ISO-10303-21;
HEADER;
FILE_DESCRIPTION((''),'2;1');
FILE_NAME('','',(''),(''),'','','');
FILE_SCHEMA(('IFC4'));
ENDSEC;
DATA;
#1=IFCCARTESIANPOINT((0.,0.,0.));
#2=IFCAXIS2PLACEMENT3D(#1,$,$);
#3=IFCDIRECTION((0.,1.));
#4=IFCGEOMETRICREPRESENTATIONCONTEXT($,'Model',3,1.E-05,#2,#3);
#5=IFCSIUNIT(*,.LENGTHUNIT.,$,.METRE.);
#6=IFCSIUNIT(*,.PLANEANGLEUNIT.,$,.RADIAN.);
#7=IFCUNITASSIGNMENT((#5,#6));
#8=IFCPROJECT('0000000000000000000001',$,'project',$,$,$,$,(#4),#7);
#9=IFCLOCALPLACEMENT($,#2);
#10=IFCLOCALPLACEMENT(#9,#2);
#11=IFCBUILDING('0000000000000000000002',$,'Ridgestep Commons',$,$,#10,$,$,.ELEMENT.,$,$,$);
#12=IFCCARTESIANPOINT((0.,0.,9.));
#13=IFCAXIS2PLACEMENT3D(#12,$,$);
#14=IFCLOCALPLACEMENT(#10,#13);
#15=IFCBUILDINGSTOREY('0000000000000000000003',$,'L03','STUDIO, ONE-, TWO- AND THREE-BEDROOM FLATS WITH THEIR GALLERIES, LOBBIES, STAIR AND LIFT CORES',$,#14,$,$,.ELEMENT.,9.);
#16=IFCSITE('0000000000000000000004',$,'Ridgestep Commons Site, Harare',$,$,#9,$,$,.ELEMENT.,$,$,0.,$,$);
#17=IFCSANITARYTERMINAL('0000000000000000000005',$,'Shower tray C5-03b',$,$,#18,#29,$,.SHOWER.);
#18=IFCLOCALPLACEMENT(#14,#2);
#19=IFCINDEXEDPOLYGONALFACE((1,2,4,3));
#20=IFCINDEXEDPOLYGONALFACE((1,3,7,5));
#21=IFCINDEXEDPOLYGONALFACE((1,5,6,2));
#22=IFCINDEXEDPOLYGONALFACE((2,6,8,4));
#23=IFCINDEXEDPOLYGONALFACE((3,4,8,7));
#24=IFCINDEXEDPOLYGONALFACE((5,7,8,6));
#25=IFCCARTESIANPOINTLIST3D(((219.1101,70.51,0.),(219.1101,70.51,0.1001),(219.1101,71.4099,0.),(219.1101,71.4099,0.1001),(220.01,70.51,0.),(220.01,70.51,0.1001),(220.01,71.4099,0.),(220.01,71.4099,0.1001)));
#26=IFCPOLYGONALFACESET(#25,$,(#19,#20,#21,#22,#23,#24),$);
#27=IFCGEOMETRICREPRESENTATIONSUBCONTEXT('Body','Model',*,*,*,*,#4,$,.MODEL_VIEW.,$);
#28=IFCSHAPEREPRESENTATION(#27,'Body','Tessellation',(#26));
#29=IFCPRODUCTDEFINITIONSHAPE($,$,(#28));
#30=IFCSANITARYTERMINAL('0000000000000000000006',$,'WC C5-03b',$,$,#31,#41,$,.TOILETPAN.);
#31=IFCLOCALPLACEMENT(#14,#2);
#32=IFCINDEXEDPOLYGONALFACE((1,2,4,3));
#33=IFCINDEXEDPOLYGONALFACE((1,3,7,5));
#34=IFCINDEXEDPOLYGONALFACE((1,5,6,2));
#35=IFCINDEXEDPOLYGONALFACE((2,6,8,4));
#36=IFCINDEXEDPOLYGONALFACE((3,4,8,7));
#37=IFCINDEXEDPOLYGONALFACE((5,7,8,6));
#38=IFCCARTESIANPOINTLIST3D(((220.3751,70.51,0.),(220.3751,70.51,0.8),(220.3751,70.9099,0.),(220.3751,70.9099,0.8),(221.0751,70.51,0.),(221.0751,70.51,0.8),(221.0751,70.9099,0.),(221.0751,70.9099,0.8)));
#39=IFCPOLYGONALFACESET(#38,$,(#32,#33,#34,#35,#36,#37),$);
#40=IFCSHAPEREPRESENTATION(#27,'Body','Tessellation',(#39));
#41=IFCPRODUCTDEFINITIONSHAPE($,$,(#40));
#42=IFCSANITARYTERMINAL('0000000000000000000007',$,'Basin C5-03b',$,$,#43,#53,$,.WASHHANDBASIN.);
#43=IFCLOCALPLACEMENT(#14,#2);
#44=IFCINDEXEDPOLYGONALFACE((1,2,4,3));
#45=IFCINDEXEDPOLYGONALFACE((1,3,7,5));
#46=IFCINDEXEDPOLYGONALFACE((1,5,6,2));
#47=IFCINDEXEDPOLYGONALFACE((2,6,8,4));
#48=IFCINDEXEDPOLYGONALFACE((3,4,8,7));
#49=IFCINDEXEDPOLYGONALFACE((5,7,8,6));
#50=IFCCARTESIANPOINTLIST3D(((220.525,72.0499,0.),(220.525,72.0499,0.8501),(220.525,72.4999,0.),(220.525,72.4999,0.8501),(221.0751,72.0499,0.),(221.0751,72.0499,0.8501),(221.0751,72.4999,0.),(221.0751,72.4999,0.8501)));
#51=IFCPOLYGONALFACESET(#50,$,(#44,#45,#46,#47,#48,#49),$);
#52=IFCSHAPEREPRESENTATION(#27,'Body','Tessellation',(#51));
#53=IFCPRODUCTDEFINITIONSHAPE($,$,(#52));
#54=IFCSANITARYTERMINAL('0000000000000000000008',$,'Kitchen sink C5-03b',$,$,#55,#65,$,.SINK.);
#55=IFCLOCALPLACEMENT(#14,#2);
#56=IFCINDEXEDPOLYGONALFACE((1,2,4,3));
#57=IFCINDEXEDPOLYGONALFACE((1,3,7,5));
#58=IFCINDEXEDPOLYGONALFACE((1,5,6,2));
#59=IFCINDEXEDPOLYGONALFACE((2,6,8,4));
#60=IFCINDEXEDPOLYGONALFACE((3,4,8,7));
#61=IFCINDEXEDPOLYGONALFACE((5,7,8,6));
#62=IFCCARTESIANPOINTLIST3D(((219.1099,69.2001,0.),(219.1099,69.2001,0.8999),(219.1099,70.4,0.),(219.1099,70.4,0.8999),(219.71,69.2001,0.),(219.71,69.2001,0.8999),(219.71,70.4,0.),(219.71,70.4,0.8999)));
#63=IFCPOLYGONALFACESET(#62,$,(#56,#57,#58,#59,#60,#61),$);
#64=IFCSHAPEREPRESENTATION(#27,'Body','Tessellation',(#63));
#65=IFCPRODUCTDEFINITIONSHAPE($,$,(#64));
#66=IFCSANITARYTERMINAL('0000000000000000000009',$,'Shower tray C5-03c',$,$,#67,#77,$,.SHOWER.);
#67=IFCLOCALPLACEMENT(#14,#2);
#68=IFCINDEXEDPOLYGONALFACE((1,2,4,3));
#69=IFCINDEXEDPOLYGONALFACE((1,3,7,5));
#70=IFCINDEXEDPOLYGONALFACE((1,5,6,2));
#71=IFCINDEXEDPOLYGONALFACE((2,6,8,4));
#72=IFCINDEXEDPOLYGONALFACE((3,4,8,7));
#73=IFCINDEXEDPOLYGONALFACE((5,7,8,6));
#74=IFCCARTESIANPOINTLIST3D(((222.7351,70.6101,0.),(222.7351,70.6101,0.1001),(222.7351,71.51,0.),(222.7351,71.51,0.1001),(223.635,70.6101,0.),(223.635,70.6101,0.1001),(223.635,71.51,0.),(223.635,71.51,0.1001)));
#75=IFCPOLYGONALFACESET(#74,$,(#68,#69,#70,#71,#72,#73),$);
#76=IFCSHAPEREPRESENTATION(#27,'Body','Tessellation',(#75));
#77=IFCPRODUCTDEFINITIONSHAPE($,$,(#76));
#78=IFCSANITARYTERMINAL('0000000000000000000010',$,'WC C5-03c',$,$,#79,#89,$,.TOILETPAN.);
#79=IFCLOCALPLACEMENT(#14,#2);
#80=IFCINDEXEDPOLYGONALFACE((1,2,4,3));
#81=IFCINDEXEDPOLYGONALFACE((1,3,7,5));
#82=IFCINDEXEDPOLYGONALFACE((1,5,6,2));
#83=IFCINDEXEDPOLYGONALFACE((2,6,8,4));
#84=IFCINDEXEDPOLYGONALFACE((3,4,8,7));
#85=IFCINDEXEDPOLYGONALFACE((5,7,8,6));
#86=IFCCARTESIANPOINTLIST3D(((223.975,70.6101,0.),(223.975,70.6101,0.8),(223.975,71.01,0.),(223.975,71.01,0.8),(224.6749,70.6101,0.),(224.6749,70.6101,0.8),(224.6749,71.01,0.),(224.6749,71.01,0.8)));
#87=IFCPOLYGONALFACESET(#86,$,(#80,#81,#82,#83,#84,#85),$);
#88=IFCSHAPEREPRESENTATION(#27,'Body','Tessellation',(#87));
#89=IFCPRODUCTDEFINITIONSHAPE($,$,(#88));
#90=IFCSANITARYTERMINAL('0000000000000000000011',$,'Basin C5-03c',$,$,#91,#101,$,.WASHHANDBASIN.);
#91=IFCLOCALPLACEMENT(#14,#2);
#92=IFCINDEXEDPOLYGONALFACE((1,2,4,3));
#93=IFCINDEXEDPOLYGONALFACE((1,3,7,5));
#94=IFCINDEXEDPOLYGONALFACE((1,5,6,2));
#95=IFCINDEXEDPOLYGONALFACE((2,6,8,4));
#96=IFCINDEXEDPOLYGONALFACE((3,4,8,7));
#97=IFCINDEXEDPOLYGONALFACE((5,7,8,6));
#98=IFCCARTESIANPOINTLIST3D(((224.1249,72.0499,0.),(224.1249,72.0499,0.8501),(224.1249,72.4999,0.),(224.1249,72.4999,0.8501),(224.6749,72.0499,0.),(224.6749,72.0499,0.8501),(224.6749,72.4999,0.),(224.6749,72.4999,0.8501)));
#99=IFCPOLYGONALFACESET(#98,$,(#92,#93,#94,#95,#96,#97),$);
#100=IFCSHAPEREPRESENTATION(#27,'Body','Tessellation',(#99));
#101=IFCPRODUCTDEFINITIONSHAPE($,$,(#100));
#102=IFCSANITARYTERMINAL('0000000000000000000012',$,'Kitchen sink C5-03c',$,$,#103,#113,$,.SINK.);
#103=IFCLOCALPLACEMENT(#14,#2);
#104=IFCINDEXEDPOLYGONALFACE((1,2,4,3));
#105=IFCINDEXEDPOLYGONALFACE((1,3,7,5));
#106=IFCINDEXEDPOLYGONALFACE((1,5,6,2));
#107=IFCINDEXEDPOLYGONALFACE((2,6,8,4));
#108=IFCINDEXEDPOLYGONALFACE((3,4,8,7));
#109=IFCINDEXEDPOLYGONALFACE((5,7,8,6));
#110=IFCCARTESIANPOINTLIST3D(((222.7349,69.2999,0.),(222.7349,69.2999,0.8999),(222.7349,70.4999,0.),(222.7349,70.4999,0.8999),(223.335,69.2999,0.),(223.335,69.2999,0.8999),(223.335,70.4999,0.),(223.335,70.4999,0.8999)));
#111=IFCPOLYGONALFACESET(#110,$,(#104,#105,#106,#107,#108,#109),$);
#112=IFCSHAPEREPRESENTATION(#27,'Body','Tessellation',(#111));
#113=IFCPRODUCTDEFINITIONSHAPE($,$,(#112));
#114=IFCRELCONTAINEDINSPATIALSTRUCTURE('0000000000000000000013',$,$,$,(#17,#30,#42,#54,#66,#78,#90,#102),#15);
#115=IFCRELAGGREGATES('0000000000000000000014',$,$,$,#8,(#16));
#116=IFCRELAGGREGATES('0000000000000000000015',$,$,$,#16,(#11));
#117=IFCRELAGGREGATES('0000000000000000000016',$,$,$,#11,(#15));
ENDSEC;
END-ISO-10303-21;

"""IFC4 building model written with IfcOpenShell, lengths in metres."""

from ifc_helpers import new_model, si_unit, direction, frame, origin, origin_2d, place, context, subcontext, project, spatial, rectangle, extrude, element, save


model = new_model("IFC4")

# Units and contexts
model_context = context("Model", 3, precision=1e-05, world=origin(), true_north=direction((0.0, 1.0)))
body_context = subcontext(model_context, "Body", "Model", "MODEL_VIEW")
ifc_project = project(units=[si_unit("LENGTHUNIT", "METRE"), si_unit("PLANEANGLEUNIT", "RADIAN")], contexts=[model_context])

# Site, building, storey
site_placement = place(None, origin())
site = spatial("IfcSite", under=ifc_project, at=site_placement, Name="Ridgestep Commons Site, Harare", CompositionType="ELEMENT", RefElevation=0.0)
building_placement = place(site_placement, origin())
building = spatial("IfcBuilding", under=site, at=building_placement, Name="Ridgestep Commons", CompositionType="ELEMENT")
storey_placement = place(building_placement, frame((0.0, 0.0, 9.0)))
storey = spatial("IfcBuildingStorey", under=building, at=storey_placement, Name="L03", Description="STUDIO, ONE-, TWO- AND THREE-BEDROOM FLATS WITH THEIR GALLERIES, LOBBIES, STAIR AND LIFT CORES", CompositionType="ELEMENT", Elevation=9.0)

# Sanitary terminals
sanitary_terminal_1_placement = place(storey_placement, frame((219.5601, 70.96, 0.0), z_axis=(0.0, 0.0, 1.0), x_axis=(1.0, 0.0, 0.0)))
element("IfcSanitaryTerminal", 1, at=sanitary_terminal_1_placement, inside=storey, Name="Shower tray C5-03b", PredefinedType="SHOWER", context=body_context, shape_type="SweptSolid", body=[
    extrude(rectangle(XDim=0.8999, YDim=0.8999, at=origin_2d()), origin(), (0.0, 0.0, 1.0), 0.1001),
])
sanitary_terminal_2_placement = place(storey_placement, frame((220.7251, 70.71, 0.0), z_axis=(0.0, 0.0, 1.0), x_axis=(1.0, 0.0, 0.0)))
element("IfcSanitaryTerminal", 2, at=sanitary_terminal_2_placement, inside=storey, Name="WC C5-03b", PredefinedType="TOILETPAN", context=body_context, shape_type="SweptSolid", body=[
    extrude(rectangle(XDim=0.7, YDim=0.3999, at=origin_2d()), origin(), (0.0, 0.0, 1.0), 0.8),
])
sanitary_terminal_3_placement = place(storey_placement, frame((220.8, 72.2749, 0.0), z_axis=(0.0, 0.0, 1.0), x_axis=(1.0, 0.0, 0.0)))
element("IfcSanitaryTerminal", 3, at=sanitary_terminal_3_placement, inside=storey, Name="Basin C5-03b", PredefinedType="WASHHANDBASIN", context=body_context, shape_type="SweptSolid", body=[
    extrude(rectangle(XDim=0.55, YDim=0.45, at=origin_2d()), origin(), (0.0, 0.0, 1.0), 0.8501),
])
sanitary_terminal_4_placement = place(storey_placement, frame((219.4099, 69.8, 0.0), z_axis=(0.0, 0.0, 1.0), x_axis=(1.0, 0.0, 0.0)))
element("IfcSanitaryTerminal", 4, at=sanitary_terminal_4_placement, inside=storey, Name="Kitchen sink C5-03b", PredefinedType="SINK", context=body_context, shape_type="SweptSolid", body=[
    extrude(rectangle(XDim=0.6001, YDim=1.2, at=origin_2d()), origin(), (0.0, 0.0, 1.0), 0.8999),
])
sanitary_terminal_5_placement = place(storey_placement, frame((223.1851, 71.0601, 0.0), z_axis=(0.0, 0.0, 1.0), x_axis=(1.0, 0.0, 0.0)))
element("IfcSanitaryTerminal", 5, at=sanitary_terminal_5_placement, inside=storey, Name="Shower tray C5-03c", PredefinedType="SHOWER", context=body_context, shape_type="SweptSolid", body=[
    extrude(rectangle(XDim=0.8999, YDim=0.8999, at=origin_2d()), origin(), (0.0, 0.0, 1.0), 0.1001),
])
sanitary_terminal_6_placement = place(storey_placement, frame((224.325, 70.8101, 0.0), z_axis=(0.0, 0.0, 1.0), x_axis=(1.0, 0.0, 0.0)))
element("IfcSanitaryTerminal", 6, at=sanitary_terminal_6_placement, inside=storey, Name="WC C5-03c", PredefinedType="TOILETPAN", context=body_context, shape_type="SweptSolid", body=[
    extrude(rectangle(XDim=0.7, YDim=0.3999, at=origin_2d()), origin(), (0.0, 0.0, 1.0), 0.8),
])
sanitary_terminal_7_placement = place(storey_placement, frame((224.3999, 72.2749, 0.0), z_axis=(0.0, 0.0, 1.0), x_axis=(1.0, 0.0, 0.0)))
element("IfcSanitaryTerminal", 7, at=sanitary_terminal_7_placement, inside=storey, Name="Basin C5-03c", PredefinedType="WASHHANDBASIN", context=body_context, shape_type="SweptSolid", body=[
    extrude(rectangle(XDim=0.55, YDim=0.45, at=origin_2d()), origin(), (0.0, 0.0, 1.0), 0.8501),
])
sanitary_terminal_8_placement = place(storey_placement, frame((223.0349, 69.8999, 0.0), z_axis=(0.0, 0.0, 1.0), x_axis=(1.0, 0.0, 0.0)))
element("IfcSanitaryTerminal", 8, at=sanitary_terminal_8_placement, inside=storey, Name="Kitchen sink C5-03c", PredefinedType="SINK", context=body_context, shape_type="SweptSolid", body=[
    extrude(rectangle(XDim=0.6001, YDim=1.2, at=origin_2d()), origin(), (0.0, 0.0, 1.0), 0.8999),
])

save(model, "model.ifc")
